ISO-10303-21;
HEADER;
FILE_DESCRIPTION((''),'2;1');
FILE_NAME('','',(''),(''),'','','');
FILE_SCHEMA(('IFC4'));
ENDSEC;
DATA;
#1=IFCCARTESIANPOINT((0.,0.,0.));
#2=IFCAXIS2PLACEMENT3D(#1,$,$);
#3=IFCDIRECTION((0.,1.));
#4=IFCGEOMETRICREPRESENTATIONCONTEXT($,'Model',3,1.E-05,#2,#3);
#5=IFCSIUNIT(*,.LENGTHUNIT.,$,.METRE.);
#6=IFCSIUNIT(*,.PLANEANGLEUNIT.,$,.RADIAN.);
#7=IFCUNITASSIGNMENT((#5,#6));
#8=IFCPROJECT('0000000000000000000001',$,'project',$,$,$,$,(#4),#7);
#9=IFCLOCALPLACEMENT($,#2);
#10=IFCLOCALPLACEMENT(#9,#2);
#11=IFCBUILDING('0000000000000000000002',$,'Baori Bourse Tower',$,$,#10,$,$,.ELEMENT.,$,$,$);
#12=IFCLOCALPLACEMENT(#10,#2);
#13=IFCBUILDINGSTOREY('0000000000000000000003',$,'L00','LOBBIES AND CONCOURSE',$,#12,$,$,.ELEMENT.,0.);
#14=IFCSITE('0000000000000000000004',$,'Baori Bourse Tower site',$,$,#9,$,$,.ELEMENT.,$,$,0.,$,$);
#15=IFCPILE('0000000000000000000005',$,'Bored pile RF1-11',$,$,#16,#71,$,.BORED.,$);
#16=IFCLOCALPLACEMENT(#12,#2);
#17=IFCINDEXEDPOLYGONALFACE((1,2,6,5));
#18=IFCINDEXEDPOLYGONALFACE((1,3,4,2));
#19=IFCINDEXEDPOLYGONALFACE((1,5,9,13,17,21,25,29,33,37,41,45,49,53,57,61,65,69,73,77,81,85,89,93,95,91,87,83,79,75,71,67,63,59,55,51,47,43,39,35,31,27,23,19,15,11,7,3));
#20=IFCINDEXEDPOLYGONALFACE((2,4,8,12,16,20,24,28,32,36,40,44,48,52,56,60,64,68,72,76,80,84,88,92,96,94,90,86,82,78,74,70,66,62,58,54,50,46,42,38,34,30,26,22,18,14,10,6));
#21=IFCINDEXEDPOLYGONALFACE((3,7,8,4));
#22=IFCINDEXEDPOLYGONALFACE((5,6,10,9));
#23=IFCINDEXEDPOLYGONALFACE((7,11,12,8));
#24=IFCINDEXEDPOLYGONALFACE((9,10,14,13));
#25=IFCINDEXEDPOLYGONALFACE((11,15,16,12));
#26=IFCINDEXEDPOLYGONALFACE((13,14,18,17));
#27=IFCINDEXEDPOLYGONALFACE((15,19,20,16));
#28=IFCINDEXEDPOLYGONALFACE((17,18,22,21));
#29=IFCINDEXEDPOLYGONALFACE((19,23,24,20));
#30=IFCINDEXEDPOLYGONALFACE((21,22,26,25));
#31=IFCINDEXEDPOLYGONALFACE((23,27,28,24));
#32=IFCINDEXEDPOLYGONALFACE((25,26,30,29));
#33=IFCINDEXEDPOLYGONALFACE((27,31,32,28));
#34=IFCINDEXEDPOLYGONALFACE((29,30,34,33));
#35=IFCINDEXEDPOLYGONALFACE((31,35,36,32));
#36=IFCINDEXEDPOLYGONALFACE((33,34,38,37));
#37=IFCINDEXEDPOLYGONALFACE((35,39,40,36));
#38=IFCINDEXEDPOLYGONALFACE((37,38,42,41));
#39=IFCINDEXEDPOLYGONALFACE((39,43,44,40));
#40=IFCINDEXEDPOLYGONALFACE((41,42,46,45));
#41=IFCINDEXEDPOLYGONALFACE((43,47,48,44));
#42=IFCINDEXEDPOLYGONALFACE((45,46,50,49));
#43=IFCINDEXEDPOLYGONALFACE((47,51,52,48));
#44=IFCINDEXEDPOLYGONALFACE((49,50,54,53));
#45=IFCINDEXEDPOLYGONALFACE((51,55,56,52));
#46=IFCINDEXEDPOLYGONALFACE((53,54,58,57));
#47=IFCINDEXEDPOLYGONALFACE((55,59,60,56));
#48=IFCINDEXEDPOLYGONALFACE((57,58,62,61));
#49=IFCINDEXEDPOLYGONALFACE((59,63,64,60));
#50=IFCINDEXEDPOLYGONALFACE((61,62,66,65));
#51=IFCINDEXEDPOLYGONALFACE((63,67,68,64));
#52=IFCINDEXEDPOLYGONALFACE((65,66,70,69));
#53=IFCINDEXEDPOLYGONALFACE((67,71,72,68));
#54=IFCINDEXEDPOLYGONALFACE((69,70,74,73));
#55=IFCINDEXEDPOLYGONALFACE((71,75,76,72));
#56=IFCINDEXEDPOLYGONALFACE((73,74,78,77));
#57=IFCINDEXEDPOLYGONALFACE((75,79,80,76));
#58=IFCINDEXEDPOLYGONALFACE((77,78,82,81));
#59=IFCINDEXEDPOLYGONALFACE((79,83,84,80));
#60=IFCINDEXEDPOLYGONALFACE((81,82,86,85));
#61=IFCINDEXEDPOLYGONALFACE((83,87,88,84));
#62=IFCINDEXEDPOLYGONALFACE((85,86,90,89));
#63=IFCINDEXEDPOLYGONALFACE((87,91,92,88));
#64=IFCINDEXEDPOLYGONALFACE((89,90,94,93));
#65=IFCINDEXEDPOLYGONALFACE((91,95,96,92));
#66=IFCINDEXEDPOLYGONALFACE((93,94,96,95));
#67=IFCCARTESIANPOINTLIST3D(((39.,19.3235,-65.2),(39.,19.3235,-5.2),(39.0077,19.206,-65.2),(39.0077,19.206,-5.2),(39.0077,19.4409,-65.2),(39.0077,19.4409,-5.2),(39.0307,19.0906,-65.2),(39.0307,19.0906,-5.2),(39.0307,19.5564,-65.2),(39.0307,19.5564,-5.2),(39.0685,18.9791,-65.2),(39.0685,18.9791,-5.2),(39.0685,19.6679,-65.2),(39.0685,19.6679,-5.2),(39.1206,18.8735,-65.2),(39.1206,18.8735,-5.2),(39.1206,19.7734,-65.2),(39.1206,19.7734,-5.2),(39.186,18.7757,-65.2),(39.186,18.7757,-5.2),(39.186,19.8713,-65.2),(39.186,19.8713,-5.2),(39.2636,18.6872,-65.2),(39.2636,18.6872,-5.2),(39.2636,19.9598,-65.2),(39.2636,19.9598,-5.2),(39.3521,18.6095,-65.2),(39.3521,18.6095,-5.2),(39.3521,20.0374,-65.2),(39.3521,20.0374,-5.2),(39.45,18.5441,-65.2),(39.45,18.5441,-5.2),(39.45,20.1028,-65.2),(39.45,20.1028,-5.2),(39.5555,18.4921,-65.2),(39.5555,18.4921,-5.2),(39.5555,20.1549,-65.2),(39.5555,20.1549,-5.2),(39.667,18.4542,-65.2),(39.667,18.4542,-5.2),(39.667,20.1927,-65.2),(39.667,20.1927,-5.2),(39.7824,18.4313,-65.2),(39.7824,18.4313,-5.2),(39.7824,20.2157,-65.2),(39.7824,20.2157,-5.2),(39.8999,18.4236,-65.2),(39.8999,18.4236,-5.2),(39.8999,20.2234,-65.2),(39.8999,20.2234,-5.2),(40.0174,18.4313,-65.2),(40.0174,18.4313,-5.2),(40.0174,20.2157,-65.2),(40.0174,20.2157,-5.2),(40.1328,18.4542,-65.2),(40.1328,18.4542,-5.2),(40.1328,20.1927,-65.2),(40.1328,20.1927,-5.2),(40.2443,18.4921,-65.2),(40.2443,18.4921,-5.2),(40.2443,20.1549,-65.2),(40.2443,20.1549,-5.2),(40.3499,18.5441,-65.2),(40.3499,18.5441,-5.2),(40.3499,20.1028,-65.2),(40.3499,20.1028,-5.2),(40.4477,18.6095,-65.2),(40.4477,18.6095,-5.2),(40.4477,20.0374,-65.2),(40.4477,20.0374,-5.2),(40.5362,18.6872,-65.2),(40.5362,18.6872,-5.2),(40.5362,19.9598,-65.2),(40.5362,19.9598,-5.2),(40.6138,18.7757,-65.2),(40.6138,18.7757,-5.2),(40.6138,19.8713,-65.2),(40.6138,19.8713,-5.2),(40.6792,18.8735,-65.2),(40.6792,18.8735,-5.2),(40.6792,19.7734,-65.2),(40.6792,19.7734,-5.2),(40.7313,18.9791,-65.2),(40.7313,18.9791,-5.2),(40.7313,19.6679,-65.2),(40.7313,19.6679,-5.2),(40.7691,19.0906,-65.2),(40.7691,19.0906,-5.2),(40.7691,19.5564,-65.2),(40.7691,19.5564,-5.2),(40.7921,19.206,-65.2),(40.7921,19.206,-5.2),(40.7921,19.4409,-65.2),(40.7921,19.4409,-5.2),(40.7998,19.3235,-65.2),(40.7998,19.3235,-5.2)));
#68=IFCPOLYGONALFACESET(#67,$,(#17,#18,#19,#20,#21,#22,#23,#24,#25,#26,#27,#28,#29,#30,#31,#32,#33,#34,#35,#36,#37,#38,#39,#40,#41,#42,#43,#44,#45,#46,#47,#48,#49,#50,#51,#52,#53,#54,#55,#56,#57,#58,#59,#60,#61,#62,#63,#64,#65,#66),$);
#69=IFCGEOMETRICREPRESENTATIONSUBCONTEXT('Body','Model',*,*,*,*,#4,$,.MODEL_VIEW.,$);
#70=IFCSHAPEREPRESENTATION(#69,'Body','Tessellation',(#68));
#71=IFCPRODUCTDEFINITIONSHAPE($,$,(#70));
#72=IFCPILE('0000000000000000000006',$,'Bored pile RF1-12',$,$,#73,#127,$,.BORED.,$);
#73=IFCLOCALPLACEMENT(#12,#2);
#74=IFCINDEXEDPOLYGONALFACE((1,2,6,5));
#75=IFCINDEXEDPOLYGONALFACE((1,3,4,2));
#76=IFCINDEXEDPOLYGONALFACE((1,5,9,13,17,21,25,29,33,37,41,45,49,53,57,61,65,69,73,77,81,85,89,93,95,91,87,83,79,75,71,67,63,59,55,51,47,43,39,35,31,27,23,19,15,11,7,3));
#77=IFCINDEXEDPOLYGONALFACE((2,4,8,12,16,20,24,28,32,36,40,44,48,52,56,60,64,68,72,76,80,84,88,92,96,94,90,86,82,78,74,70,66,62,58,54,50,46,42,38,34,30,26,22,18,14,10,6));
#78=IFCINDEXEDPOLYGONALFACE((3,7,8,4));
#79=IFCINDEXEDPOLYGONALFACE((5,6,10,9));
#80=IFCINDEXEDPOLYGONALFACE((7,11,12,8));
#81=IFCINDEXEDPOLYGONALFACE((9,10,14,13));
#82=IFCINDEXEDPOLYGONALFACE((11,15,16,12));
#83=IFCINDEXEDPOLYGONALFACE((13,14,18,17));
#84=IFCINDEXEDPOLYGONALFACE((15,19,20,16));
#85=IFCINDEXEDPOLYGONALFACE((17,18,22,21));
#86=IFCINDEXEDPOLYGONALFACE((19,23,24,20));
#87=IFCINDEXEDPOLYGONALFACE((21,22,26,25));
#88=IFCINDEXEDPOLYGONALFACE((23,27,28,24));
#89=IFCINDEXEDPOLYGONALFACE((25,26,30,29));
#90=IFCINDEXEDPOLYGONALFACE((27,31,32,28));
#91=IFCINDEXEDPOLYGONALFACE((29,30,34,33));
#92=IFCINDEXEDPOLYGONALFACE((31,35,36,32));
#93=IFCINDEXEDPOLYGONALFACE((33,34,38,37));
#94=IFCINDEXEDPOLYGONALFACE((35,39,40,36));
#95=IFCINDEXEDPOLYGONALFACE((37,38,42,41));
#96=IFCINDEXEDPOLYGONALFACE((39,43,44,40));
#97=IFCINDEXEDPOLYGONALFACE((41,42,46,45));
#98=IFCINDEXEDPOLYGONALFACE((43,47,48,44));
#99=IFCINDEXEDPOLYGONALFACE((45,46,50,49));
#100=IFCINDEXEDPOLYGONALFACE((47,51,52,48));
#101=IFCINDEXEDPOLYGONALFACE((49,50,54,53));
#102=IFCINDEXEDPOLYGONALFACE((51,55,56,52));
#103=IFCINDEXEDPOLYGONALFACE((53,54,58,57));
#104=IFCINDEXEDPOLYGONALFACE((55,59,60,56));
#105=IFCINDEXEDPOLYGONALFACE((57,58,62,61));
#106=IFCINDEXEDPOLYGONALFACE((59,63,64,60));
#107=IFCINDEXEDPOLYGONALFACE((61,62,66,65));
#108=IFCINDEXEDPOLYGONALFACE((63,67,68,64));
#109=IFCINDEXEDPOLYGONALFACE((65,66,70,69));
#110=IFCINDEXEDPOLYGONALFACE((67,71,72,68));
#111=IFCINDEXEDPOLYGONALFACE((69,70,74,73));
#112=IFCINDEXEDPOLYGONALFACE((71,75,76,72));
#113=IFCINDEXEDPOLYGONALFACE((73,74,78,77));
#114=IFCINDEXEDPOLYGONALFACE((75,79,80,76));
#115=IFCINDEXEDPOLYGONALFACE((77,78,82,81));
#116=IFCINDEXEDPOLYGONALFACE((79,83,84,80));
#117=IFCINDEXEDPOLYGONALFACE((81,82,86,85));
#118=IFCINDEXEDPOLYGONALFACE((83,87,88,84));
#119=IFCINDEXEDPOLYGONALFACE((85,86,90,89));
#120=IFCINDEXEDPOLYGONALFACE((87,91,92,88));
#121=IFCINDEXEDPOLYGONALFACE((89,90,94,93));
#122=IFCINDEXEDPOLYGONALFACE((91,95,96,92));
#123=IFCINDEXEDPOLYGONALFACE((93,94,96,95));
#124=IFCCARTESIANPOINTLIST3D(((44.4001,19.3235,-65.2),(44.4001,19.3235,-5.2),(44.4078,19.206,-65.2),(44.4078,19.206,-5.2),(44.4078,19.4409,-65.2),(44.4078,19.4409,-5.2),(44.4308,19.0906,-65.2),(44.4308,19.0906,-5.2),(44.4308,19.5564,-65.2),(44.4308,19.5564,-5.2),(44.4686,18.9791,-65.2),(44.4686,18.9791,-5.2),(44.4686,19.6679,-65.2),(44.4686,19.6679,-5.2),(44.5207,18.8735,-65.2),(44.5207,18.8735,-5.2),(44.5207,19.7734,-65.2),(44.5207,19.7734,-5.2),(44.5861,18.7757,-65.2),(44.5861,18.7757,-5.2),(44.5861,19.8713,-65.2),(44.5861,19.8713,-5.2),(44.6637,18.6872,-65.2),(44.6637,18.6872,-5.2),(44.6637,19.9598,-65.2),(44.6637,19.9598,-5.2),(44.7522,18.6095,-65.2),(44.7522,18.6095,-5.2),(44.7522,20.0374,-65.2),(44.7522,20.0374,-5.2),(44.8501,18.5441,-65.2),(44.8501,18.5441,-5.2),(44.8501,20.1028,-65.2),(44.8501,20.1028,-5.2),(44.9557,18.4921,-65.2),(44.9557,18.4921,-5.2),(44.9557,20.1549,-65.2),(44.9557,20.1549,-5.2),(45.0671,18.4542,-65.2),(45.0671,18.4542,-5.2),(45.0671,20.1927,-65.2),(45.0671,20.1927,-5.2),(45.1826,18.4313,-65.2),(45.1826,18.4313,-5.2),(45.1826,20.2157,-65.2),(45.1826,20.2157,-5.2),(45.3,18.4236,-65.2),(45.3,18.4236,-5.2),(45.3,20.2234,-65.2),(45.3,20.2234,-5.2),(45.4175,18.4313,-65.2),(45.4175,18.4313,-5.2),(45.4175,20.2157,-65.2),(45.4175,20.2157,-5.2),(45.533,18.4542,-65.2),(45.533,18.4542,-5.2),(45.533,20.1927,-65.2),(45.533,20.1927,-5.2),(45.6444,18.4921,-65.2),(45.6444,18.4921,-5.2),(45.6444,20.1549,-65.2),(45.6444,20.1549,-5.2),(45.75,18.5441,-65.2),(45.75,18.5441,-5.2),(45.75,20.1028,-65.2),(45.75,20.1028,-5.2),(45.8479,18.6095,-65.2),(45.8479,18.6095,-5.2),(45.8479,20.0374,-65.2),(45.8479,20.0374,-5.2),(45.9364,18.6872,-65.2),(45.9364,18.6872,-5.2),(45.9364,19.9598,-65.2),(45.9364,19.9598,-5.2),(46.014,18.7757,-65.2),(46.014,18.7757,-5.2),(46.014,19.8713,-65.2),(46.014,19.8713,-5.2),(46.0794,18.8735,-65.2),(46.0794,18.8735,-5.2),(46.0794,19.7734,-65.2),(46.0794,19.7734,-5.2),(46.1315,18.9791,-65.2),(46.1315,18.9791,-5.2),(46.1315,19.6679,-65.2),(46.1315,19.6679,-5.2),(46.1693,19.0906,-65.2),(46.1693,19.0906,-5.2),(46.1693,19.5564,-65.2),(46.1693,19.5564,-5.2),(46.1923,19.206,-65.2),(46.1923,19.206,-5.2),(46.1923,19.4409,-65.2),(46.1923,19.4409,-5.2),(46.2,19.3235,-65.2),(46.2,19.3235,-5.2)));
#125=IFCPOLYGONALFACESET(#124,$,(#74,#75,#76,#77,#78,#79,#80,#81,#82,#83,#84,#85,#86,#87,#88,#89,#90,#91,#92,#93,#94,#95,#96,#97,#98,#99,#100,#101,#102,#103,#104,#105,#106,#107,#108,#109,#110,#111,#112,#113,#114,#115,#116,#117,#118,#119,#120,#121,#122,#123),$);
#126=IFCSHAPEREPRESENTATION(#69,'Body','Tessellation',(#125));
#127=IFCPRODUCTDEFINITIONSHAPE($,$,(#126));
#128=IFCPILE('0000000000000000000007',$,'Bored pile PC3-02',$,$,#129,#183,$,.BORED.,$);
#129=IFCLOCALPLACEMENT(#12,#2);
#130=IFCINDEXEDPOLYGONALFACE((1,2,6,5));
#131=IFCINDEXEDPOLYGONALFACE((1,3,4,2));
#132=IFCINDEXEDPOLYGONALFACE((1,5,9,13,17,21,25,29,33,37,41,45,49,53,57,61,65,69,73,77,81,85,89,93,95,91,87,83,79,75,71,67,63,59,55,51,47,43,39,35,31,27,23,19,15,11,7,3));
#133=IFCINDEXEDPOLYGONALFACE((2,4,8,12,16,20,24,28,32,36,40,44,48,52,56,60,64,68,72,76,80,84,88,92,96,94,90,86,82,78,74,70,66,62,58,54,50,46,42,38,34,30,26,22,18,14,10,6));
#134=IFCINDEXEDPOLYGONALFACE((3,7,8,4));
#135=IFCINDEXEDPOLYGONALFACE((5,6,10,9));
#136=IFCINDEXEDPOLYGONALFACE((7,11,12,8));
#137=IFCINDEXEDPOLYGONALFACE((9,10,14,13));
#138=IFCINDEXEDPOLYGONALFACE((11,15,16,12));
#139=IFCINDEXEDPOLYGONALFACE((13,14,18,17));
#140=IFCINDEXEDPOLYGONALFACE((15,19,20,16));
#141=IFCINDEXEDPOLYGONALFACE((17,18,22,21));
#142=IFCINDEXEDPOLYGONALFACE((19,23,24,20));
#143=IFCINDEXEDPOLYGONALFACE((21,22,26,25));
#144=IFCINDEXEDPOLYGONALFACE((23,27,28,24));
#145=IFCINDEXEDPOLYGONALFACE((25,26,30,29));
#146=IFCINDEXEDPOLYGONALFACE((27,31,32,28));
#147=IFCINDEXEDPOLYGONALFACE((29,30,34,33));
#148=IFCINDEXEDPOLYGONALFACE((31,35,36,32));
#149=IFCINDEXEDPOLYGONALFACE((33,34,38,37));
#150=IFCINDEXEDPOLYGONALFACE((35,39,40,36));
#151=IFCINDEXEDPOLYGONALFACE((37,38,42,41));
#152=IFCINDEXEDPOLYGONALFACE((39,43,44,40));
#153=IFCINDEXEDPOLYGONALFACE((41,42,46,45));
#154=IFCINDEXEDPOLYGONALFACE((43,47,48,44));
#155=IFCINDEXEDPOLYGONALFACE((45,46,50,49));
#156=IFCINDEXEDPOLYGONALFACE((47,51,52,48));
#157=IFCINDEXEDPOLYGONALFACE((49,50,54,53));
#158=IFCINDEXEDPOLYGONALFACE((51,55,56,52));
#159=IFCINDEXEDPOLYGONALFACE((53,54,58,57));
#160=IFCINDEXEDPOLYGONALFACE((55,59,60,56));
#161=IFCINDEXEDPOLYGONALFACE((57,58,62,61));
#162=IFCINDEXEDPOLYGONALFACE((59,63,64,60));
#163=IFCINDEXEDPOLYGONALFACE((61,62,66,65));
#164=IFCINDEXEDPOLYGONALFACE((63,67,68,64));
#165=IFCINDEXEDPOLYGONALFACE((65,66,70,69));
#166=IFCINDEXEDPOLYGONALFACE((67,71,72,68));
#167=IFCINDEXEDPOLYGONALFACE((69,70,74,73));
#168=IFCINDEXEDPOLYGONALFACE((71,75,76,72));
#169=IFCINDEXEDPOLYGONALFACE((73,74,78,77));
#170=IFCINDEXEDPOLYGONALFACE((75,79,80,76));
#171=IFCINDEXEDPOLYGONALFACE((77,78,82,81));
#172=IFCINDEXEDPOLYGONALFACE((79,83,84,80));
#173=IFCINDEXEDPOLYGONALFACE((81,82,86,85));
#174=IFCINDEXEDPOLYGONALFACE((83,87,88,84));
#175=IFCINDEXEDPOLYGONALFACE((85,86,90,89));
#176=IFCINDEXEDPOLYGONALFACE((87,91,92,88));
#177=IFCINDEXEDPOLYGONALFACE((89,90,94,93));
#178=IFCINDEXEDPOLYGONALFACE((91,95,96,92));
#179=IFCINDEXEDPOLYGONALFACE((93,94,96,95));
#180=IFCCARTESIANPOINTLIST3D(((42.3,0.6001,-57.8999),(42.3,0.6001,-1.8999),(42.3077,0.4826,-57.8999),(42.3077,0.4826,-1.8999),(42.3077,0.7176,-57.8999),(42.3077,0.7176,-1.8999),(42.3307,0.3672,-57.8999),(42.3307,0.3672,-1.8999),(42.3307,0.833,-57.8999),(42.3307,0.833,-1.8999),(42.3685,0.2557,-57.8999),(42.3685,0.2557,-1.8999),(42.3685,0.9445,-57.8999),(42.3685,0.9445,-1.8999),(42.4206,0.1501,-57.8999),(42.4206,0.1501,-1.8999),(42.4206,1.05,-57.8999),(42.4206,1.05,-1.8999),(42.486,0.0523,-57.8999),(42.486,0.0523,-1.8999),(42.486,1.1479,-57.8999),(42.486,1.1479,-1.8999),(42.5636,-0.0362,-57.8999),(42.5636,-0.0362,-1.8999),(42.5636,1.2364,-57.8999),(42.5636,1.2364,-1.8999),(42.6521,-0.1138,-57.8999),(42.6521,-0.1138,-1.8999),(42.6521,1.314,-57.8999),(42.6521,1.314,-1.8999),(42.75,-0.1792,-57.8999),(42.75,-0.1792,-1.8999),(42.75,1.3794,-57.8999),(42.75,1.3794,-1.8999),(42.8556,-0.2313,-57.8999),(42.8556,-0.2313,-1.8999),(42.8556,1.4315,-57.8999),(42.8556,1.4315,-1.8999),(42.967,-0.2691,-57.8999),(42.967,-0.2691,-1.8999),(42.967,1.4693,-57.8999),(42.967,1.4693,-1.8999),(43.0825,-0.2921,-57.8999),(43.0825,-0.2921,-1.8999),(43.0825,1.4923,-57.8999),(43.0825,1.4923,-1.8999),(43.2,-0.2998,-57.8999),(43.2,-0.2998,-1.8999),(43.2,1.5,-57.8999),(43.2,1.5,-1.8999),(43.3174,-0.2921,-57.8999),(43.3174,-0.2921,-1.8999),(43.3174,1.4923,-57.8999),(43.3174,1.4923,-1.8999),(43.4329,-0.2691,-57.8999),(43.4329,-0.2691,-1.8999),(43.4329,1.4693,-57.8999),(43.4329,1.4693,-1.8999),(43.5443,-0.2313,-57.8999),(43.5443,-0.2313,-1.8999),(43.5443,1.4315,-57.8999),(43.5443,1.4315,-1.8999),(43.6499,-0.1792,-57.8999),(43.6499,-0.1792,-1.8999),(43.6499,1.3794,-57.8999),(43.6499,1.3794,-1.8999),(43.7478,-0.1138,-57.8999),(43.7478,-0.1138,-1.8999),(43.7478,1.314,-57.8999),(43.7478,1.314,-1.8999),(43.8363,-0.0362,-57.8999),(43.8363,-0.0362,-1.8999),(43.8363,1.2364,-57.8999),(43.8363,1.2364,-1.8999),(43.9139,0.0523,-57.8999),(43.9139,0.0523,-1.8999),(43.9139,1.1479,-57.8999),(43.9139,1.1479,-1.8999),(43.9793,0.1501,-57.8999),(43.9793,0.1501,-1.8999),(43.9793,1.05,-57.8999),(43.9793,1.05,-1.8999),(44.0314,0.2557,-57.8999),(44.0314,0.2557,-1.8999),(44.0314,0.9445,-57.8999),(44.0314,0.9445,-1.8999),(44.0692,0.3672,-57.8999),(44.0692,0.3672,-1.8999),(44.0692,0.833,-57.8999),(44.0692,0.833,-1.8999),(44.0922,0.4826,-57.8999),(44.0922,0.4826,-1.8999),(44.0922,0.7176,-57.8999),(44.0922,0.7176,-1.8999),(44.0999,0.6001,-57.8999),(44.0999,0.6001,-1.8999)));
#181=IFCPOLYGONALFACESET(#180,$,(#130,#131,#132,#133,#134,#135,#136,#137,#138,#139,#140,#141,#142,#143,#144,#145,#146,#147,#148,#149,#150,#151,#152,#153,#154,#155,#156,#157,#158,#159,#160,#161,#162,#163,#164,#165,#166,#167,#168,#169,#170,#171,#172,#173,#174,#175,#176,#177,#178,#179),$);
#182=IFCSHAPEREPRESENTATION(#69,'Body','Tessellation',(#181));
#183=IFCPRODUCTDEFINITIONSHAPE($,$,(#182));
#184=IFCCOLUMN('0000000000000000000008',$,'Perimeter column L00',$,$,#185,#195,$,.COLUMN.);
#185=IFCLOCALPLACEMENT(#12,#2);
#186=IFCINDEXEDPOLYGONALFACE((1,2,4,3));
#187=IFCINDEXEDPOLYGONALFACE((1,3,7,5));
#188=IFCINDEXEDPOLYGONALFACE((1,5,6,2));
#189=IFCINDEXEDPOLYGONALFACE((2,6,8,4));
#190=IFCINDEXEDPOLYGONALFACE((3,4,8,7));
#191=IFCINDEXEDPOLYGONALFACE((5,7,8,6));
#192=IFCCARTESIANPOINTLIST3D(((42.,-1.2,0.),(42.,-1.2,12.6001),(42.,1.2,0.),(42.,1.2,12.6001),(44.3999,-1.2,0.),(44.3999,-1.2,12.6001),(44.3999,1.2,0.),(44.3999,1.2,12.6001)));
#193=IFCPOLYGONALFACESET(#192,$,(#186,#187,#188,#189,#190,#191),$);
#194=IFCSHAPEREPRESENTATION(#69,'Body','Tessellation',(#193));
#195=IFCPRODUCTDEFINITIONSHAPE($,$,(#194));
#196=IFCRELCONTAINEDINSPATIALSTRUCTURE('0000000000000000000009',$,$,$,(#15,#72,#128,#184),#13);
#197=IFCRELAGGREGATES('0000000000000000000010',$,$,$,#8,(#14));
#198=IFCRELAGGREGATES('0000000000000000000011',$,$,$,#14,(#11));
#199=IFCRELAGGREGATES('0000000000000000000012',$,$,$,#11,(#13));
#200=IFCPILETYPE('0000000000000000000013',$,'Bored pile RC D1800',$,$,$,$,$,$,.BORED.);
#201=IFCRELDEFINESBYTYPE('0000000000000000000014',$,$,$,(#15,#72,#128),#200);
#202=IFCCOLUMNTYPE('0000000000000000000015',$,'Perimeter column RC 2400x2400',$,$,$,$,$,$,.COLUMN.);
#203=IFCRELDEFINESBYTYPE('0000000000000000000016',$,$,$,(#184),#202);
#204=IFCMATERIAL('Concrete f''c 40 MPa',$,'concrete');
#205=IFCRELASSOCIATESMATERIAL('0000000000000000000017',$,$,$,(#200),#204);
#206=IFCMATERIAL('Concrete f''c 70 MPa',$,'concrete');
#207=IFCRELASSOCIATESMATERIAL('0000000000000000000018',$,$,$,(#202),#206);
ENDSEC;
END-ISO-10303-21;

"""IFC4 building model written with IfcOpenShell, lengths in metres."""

from ifc_helpers import new_model, si_unit, direction, frame, origin, origin_2d, place, context, subcontext, project, spatial, rectangle, circle, extrude, material, material_profile, profile_set, type_object, element, save


model = new_model("IFC4")

# Units and contexts
model_context = context("Model", 3, precision=1e-05, world=origin(), true_north=direction((0.0, 1.0)))
body_context = subcontext(model_context, "Body", "Model", "MODEL_VIEW")
ifc_project = project(units=[si_unit("LENGTHUNIT", "METRE"), si_unit("PLANEANGLEUNIT", "RADIAN")], contexts=[model_context])

# Site, building, storey
site_placement = place(None, origin())
site = spatial("IfcSite", under=ifc_project, at=site_placement, Name="Baori Bourse Tower site", CompositionType="ELEMENT", RefElevation=0.0)
building_placement = place(site_placement, origin())
building = spatial("IfcBuilding", under=site, at=building_placement, Name="Baori Bourse Tower", CompositionType="ELEMENT")
storey_placement = place(building_placement, origin())
storey = spatial("IfcBuildingStorey", under=building, at=storey_placement, Name="L00", Description="LOBBIES AND CONCOURSE", CompositionType="ELEMENT", Elevation=0.0)

# Piles
ifc_material_1 = material(Name="Concrete f'c 40 MPa", Category="concrete")
ifc_material_profile_1 = material_profile(ifc_material_1, circle(Radius=0.8999, at=origin_2d()), Name="RC D1800")
ifc_profile_set_1 = profile_set([ifc_material_profile_1], Name="Concrete f'c 40 MPa")
pile_type = type_object("IfcPileType", Name="Bored pile RC D1800", PredefinedType="BORED", material=ifc_profile_set_1)
for number, where, z_axis, x_axis, name in (
    (1, (39.8999, 19.3235, -5.2), (0.0, 0.0, -1.0), (1.0, 0.0, 0.0), "Bored pile RF1-11"),
    (2, (45.3, 19.3235, -5.2), (0.0, 0.0, -1.0), (1.0, 0.0, 0.0), "Bored pile RF1-12"),
):
    element("IfcPile", number, at=place(storey_placement, frame(where, z_axis=z_axis, x_axis=x_axis)), inside=storey, type_object=pile_type, Name=name, PredefinedType="BORED", context=body_context, shape_type="SweptSolid", body=[
        extrude(circle(Radius=0.8999, at=origin_2d()), origin(), (0.0, 0.0, 1.0), 60.0),
    ])
pile_placement = place(storey_placement, frame((43.2, 0.6001, -1.8999), z_axis=(0.0, 0.0, -1.0), x_axis=(1.0, 0.0, 0.0)))
element("IfcPile", 3, at=pile_placement, inside=storey, type_object=pile_type, Name="Bored pile PC3-02", PredefinedType="BORED", context=body_context, shape_type="SweptSolid", body=[
    extrude(circle(Radius=0.8999, at=origin_2d()), origin(), (0.0, 0.0, 1.0), 56.0),
])

# Column
ifc_material_2 = material(Name="Concrete f'c 70 MPa", Category="concrete")
ifc_material_profile_2 = material_profile(ifc_material_2, rectangle(XDim=2.3999, YDim=2.3999, at=origin_2d()), Name="RC 2400x2400")
ifc_profile_set_2 = profile_set([ifc_material_profile_2], Name="Concrete f'c 70 MPa")
column_type = type_object("IfcColumnType", Name="Perimeter column RC 2400x2400", PredefinedType="COLUMN", material=ifc_profile_set_2)
column_placement = place(storey_placement, frame((43.2, 0.0, 0.0), z_axis=(0.0, 0.0, 1.0), x_axis=(1.0, 0.0, 0.0)))
element("IfcColumn", 4, at=column_placement, inside=storey, type_object=column_type, Name="Perimeter column L00", PredefinedType="COLUMN", context=body_context, shape_type="SweptSolid", body=[
    extrude(rectangle(XDim=2.3999, YDim=2.3999, at=origin_2d()), origin(), (0.0, 0.0, 1.0), 12.6001),
])

save(model, "model.ifc")
